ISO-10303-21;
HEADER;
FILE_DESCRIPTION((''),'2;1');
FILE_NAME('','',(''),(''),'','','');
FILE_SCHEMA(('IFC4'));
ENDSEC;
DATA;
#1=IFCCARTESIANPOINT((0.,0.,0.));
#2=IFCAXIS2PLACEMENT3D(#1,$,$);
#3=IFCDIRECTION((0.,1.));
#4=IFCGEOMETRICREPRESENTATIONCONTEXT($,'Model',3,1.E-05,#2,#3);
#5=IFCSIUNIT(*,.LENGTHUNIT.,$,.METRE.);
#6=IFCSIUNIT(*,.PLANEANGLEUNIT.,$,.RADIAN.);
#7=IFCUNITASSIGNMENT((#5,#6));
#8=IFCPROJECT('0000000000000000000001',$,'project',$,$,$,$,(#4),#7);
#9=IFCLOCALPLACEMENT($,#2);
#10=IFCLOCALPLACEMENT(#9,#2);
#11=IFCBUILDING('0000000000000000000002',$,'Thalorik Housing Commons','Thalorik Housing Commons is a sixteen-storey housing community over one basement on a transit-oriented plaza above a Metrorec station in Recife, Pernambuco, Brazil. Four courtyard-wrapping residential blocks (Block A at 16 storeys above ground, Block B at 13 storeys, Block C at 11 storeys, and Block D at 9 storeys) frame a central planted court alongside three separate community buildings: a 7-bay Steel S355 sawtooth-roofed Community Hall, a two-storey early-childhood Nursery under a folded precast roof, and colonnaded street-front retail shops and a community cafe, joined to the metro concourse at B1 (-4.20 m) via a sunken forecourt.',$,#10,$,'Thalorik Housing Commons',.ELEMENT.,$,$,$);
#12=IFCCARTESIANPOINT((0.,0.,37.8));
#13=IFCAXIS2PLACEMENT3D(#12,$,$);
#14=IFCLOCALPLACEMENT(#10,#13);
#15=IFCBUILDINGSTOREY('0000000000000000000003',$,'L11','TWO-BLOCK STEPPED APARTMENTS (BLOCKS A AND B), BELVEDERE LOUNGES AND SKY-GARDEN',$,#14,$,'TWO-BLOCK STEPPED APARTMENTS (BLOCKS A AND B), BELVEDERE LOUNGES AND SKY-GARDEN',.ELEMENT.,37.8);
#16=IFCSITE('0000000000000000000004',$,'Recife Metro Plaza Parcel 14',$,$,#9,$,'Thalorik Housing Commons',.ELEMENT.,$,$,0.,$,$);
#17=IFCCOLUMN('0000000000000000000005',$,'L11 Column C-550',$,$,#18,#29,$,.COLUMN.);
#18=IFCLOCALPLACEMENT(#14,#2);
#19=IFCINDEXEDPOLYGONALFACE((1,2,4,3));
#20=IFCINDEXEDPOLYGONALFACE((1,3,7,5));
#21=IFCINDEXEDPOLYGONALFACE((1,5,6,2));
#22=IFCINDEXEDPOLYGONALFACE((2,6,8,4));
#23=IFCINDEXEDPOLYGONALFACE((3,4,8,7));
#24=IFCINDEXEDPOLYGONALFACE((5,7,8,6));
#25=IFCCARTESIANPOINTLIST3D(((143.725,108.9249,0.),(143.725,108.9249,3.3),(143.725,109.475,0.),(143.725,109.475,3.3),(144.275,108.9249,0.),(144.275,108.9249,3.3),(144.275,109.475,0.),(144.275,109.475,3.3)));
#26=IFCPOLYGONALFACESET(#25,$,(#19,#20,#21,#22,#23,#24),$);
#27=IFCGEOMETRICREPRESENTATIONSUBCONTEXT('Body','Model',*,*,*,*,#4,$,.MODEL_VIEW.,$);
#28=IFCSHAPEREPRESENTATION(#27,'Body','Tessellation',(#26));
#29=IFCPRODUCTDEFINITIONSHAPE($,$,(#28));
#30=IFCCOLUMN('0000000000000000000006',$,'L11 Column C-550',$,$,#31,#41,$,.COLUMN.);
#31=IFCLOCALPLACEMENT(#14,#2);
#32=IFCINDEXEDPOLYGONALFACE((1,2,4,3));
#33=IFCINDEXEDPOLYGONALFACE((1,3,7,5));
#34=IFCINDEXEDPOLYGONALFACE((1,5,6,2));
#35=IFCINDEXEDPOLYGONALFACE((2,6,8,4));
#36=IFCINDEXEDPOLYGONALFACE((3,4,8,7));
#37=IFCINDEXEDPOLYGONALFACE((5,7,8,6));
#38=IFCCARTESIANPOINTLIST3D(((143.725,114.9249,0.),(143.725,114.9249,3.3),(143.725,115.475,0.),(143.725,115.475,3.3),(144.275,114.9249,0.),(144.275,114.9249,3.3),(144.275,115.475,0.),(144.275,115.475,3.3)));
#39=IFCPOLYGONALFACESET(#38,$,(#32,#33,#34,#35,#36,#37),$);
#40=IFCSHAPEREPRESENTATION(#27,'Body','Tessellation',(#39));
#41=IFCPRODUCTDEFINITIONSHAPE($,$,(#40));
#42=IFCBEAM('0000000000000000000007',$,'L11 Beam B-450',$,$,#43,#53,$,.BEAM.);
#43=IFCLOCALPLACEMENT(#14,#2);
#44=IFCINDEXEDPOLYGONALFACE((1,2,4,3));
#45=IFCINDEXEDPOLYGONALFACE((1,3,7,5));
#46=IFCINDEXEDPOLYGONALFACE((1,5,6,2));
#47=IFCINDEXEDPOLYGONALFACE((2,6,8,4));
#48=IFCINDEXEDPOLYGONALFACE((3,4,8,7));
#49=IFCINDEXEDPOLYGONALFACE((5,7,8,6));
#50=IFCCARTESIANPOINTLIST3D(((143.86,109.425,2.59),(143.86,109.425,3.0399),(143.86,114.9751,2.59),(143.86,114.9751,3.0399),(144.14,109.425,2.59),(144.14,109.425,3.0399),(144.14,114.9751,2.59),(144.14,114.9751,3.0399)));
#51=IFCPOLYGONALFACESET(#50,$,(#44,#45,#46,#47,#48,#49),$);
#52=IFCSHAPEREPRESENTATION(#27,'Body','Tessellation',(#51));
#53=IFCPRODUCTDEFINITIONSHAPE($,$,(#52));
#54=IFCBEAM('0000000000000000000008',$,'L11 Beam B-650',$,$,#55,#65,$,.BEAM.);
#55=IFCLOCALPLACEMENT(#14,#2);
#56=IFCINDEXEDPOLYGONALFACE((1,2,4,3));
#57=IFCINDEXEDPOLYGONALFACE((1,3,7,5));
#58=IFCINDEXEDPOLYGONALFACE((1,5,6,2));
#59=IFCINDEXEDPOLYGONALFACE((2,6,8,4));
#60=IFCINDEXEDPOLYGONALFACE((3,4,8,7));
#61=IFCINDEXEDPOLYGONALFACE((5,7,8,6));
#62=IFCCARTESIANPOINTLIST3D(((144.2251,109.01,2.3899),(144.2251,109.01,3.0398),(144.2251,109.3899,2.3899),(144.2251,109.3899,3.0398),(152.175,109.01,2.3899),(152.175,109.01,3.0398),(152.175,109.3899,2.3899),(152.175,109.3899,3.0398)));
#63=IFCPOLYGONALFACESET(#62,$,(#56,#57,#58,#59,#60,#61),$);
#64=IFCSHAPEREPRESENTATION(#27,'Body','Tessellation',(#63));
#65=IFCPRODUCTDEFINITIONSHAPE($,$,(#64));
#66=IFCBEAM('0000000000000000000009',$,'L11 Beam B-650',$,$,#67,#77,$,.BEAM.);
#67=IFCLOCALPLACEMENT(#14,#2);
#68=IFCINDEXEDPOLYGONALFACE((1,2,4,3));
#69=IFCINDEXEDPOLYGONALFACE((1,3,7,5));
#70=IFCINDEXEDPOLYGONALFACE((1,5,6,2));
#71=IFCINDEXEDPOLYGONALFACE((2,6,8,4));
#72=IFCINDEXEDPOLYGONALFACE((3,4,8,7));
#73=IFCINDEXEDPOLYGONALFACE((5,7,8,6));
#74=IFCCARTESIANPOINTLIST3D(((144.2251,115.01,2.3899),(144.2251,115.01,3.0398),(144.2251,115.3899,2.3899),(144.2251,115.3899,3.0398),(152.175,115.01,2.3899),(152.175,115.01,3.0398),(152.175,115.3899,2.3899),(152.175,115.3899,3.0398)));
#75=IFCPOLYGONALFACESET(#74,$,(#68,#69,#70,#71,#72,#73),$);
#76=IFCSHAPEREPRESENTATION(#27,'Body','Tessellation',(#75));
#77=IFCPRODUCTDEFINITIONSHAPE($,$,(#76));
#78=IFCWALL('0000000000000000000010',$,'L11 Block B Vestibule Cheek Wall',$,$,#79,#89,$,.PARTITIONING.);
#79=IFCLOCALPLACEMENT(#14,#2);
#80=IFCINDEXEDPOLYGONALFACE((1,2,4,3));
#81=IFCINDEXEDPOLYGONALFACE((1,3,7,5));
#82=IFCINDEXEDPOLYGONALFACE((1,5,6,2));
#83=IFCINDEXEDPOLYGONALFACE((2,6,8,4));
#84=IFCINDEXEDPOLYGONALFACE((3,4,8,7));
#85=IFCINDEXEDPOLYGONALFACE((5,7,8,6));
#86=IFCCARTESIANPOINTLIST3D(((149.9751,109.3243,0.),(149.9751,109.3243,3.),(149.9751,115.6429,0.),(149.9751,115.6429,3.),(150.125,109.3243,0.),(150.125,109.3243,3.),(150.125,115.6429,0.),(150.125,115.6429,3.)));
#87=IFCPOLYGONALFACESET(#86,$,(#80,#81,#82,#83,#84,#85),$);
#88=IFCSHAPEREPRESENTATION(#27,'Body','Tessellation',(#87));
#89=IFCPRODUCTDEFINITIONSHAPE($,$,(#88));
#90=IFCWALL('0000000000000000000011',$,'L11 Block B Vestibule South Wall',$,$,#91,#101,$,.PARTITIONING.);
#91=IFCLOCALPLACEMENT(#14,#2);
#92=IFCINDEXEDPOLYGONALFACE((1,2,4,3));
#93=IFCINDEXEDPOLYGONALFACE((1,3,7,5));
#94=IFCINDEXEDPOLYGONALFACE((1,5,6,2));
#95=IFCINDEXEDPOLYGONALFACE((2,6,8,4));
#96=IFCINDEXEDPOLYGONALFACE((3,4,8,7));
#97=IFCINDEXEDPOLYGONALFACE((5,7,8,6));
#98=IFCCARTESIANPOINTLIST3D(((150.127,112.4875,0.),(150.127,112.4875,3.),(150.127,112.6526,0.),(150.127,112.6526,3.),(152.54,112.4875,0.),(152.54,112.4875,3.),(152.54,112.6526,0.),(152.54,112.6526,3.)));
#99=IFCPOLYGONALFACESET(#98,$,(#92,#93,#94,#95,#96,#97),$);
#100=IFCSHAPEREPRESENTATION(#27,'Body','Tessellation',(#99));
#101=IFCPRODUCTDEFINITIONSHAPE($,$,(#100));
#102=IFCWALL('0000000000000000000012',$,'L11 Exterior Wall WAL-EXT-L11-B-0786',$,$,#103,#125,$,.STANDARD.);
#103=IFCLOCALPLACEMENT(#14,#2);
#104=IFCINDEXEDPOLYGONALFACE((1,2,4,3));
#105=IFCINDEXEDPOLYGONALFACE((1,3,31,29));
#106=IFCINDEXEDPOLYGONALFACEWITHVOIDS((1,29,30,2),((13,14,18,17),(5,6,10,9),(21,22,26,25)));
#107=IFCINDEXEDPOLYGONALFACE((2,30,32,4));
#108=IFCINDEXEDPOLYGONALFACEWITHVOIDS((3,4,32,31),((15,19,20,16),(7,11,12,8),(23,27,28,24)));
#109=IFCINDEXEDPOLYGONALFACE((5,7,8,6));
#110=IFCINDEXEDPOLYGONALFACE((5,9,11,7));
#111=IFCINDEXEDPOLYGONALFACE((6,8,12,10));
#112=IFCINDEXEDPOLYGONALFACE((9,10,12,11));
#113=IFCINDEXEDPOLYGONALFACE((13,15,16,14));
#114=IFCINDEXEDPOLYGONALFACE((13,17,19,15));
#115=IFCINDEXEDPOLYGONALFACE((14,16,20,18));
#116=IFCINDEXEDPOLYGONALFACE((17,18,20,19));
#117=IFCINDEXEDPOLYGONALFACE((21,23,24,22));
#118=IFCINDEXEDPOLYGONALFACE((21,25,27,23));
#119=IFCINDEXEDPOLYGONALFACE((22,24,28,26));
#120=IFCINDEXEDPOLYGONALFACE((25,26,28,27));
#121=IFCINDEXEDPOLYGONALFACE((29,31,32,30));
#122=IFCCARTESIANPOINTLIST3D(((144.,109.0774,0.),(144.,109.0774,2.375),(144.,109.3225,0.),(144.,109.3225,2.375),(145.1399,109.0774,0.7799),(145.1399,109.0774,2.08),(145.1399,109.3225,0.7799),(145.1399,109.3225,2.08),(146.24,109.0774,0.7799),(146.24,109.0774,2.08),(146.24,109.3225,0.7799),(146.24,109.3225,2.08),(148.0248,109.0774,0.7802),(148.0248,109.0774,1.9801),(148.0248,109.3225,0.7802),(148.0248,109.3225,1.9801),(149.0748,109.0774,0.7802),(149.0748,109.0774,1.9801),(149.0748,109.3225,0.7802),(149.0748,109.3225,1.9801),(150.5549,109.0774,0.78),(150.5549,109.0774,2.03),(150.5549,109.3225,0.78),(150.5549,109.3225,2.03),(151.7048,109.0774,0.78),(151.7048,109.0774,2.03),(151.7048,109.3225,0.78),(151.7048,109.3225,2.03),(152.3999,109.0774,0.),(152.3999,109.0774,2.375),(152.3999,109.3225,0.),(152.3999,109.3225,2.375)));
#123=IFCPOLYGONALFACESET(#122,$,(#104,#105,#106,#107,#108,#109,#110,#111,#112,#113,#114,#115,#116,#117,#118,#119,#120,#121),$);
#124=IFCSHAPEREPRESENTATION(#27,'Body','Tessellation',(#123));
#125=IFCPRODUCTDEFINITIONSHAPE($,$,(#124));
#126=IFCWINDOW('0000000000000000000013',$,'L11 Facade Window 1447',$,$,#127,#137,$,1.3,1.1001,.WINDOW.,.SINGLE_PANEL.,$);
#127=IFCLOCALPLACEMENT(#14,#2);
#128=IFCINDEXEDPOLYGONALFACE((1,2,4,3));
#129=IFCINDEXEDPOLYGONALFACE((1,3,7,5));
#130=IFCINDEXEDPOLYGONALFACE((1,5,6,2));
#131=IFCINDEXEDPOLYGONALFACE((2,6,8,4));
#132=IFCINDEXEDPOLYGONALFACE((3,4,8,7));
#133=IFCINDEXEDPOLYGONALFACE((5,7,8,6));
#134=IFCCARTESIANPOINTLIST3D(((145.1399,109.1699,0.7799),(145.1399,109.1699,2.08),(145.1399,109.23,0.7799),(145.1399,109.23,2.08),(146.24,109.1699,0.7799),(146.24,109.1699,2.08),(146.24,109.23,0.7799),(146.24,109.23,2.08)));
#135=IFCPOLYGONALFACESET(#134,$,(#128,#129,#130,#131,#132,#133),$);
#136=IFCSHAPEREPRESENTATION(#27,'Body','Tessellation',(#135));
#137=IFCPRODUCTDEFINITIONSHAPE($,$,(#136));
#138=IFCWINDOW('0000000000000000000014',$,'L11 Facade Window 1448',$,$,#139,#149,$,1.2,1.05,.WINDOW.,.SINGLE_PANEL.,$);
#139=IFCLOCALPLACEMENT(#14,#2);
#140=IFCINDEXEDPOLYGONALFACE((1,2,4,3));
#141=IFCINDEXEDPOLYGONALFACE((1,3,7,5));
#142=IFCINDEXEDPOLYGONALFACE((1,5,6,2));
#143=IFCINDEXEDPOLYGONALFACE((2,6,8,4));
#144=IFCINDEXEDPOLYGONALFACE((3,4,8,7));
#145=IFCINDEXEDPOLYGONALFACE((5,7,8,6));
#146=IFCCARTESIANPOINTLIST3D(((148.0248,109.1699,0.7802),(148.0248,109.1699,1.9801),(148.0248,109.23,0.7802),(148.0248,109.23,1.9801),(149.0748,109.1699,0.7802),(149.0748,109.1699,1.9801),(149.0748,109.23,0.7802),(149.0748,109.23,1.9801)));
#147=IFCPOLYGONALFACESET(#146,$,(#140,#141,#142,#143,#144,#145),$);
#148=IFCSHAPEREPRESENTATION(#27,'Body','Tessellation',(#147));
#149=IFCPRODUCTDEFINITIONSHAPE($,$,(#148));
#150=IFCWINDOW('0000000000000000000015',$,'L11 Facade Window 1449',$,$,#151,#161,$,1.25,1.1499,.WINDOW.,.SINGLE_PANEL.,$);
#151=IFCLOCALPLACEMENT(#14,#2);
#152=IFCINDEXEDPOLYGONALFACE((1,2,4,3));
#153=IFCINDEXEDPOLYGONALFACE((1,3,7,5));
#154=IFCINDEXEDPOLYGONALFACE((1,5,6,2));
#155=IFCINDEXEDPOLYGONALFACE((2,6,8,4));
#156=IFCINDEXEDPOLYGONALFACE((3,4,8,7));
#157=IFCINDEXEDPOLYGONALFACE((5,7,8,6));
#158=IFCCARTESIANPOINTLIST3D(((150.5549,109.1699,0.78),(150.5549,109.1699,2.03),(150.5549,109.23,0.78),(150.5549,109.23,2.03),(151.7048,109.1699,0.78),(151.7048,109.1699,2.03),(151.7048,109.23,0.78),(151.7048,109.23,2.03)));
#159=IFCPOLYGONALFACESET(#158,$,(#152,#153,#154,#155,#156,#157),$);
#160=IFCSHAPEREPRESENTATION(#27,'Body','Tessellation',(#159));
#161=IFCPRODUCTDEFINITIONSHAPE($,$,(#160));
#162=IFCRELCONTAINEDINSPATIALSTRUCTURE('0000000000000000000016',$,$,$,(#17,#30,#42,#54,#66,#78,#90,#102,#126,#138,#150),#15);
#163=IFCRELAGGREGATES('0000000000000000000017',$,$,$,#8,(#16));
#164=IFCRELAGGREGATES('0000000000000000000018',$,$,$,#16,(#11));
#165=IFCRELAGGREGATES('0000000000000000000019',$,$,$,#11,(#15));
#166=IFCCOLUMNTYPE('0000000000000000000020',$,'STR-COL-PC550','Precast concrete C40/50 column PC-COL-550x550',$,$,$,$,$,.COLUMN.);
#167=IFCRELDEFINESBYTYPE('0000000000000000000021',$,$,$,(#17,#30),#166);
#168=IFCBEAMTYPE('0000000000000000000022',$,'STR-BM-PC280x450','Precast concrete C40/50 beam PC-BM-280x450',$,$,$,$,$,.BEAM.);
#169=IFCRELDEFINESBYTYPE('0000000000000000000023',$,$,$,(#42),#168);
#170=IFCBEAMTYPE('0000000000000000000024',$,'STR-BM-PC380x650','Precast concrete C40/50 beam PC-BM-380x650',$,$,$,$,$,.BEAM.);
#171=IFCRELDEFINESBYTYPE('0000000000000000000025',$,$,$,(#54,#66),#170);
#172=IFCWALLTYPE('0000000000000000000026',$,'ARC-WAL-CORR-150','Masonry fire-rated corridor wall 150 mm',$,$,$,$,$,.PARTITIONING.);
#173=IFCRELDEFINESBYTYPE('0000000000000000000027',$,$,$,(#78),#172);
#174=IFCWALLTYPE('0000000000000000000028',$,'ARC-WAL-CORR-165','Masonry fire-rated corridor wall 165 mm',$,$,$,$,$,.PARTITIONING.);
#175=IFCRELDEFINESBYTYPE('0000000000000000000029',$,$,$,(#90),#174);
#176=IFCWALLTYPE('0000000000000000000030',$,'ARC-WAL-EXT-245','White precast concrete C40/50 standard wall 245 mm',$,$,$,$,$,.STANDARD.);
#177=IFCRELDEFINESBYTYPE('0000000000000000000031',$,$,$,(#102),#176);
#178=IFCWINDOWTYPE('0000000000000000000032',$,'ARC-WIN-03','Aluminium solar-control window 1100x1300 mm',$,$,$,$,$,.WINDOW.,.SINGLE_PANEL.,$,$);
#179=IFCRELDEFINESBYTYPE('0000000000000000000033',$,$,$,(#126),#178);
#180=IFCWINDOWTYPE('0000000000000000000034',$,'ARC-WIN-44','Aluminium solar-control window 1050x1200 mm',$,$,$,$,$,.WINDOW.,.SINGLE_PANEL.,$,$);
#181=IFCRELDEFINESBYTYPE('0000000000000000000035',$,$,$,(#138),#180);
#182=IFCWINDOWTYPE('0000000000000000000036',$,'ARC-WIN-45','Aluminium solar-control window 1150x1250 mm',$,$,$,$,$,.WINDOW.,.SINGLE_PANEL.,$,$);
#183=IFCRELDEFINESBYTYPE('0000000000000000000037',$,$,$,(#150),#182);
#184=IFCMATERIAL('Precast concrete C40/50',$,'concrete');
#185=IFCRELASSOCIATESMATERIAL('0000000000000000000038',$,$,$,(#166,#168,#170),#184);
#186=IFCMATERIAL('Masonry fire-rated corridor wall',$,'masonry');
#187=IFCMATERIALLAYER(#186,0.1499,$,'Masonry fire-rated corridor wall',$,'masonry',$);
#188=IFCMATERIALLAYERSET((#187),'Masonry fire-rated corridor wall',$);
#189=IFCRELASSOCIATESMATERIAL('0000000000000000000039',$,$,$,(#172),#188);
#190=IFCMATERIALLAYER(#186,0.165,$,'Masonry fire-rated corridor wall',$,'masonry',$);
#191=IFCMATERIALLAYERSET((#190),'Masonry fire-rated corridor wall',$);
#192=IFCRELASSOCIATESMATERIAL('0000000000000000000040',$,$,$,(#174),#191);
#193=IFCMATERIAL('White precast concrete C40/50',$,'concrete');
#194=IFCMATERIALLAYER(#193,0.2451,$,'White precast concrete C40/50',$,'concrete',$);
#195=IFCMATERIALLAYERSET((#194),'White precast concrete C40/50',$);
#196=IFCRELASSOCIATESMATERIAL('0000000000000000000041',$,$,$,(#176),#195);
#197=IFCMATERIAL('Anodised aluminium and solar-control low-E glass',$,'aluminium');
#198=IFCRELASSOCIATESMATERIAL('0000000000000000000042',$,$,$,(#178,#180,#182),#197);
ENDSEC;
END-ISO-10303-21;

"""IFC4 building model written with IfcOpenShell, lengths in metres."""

from ifc_helpers import new_model, si_unit, direction, frame, frame_2d, origin, origin_2d, place, context, subcontext, project, spatial, rectangle, extrude, material, layer, layer_set, material_profile, profile_set, type_object, element, fill, save


model = new_model("IFC4")

# Units and contexts
model_context = context("Model", 3, precision=1e-05, world=origin(), true_north=direction((0.0, 1.0)))
body_context = subcontext(model_context, "Body", "Model", "MODEL_VIEW")
ifc_project = project(units=[si_unit("LENGTHUNIT", "METRE"), si_unit("PLANEANGLEUNIT", "RADIAN")], contexts=[model_context])

# Site, building, storey
site_placement = place(None, origin())
site = spatial("IfcSite", under=ifc_project, at=site_placement, Name="Recife Metro Plaza Parcel 14", LongName="Thalorik Housing Commons", CompositionType="ELEMENT", RefElevation=0.0)
building_placement = place(site_placement, origin())
building = spatial("IfcBuilding", under=site, at=building_placement, Name="Thalorik Housing Commons", Description="Thalorik Housing Commons is a sixteen-storey housing community over one basement on a transit-oriented plaza above a Metrorec station in Recife, Pernambuco, Brazil. Four courtyard-wrapping residential blocks (Block A at 16 storeys above ground, Block B at 13 storeys, Block C at 11 storeys, and Block D at 9 storeys) frame a central planted court alongside three separate community buildings: a 7-bay Steel S355 sawtooth-roofed Community Hall, a two-storey early-childhood Nursery under a folded precast roof, and colonnaded street-front retail shops and a community cafe, joined to the metro concourse at B1 (-4.20 m) via a sunken forecourt.", LongName="Thalorik Housing Commons", CompositionType="ELEMENT")
storey_placement = place(building_placement, frame((0.0, 0.0, 37.8)))
storey = spatial("IfcBuildingStorey", under=building, at=storey_placement, Name="L11", Description="TWO-BLOCK STEPPED APARTMENTS (BLOCKS A AND B), BELVEDERE LOUNGES AND SKY-GARDEN", LongName="TWO-BLOCK STEPPED APARTMENTS (BLOCKS A AND B), BELVEDERE LOUNGES AND SKY-GARDEN", CompositionType="ELEMENT", Elevation=37.8)

# Columns
ifc_material_1 = material(Name="Precast concrete C40/50", Category="concrete")
ifc_material_profile_1 = material_profile(ifc_material_1, rectangle(XDim=0.55, YDim=0.55, at=origin_2d()), Name="PC 550x550", Category="concrete")
ifc_profile_set_1 = profile_set([ifc_material_profile_1], Name="Precast concrete C40/50")
column_type = type_object("IfcColumnType", Name="STR-COL-PC550", Description="Precast concrete C40/50 column PC-COL-550x550", PredefinedType="COLUMN", material=ifc_profile_set_1)
for number, where, z_axis, x_axis, name in (
    (1, (144.0, 109.2, 0.0), (0.0, 0.0, 1.0), (1.0, 0.0, 0.0), "L11 Column C-550"),
    (2, (144.0, 115.2, 0.0), (0.0, 0.0, 1.0), (1.0, 0.0, 0.0), "L11 Column C-550"),
):
    element("IfcColumn", number, at=place(storey_placement, frame(where, z_axis=z_axis, x_axis=x_axis)), inside=storey, type_object=column_type, Name=name, PredefinedType="COLUMN", context=body_context, shape_type="SweptSolid", body=[
        extrude(rectangle(XDim=0.55, YDim=0.55, at=origin_2d()), origin(), (0.0, 0.0, 1.0), 3.3),
    ])

# Beams
ifc_material_profile_2 = material_profile(ifc_material_1, rectangle(XDim=0.28, YDim=0.45, at=origin_2d()), Name="PC 280x450", Category="concrete")
ifc_profile_set_2 = profile_set([ifc_material_profile_2], Name="Precast concrete C40/50")
beam_type_1 = type_object("IfcBeamType", Name="STR-BM-PC280x450", Description="Precast concrete C40/50 beam PC-BM-280x450", PredefinedType="BEAM", material=ifc_profile_set_2)
beam_placement = place(storey_placement, frame((144.0, 109.425, 2.8149), z_axis=(0.0, 1.0, 0.0), x_axis=(-1.0, 0.0, 0.0)))
element("IfcBeam", 3, at=beam_placement, inside=storey, type_object=beam_type_1, Name="L11 Beam B-450", PredefinedType="BEAM", context=body_context, shape_type="SweptSolid", body=[
    extrude(rectangle(XDim=0.28, YDim=0.45, at=origin_2d()), origin(), (0.0, 0.0, 1.0), 5.55),
])
ifc_material_profile_3 = material_profile(ifc_material_1, rectangle(XDim=0.3799, YDim=0.6499, at=origin_2d()), Name="PC 380x650", Category="concrete")
ifc_profile_set_3 = profile_set([ifc_material_profile_3], Name="Precast concrete C40/50")
beam_type_2 = type_object("IfcBeamType", Name="STR-BM-PC380x650", Description="Precast concrete C40/50 beam PC-BM-380x650", PredefinedType="BEAM", material=ifc_profile_set_3)
for number, where, z_axis, x_axis, name in (
    (4, (144.2251, 109.2, 2.7148), (1.0, 0.0, 0.0), (0.0, 1.0, 0.0), "L11 Beam B-650"),
    (5, (144.2251, 115.2, 2.7148), (1.0, 0.0, 0.0), (0.0, 1.0, 0.0), "L11 Beam B-650"),
):
    element("IfcBeam", number, at=place(storey_placement, frame(where, z_axis=z_axis, x_axis=x_axis)), inside=storey, type_object=beam_type_2, Name=name, PredefinedType="BEAM", context=body_context, shape_type="SweptSolid", body=[
        extrude(rectangle(XDim=0.3799, YDim=0.6499, at=origin_2d()), origin(), (0.0, 0.0, 1.0), 7.95),
    ])

# Walls
ifc_material_2 = material(Name="Masonry fire-rated corridor wall", Category="masonry")
ifc_layer_1 = layer(ifc_material_2, 0.1499, Name="Masonry fire-rated corridor wall", Category="masonry")
ifc_layer_set_1 = layer_set([ifc_layer_1], Name="Masonry fire-rated corridor wall")
wall_type_1 = type_object("IfcWallType", Name="ARC-WAL-CORR-150", Description="Masonry fire-rated corridor wall 150 mm", PredefinedType="PARTITIONING", material=ifc_layer_set_1)
wall_1_placement = place(storey_placement, frame((150.05, 109.3245, 0.0), z_axis=(0.0, 0.0, 1.0), x_axis=(0.0, 1.0, 0.0)))
element("IfcWall", 6, at=wall_1_placement, inside=storey, type_object=wall_type_1, Name="L11 Block B Vestibule Cheek Wall", PredefinedType="PARTITIONING", context=body_context, shape_type="SweptSolid", body=[
    extrude(rectangle(XDim=6.3186, YDim=0.1499, at=frame_2d((3.1592, 0.0))), origin(), (0.0, 0.0, 1.0), 3.0),
])
ifc_layer_2 = layer(ifc_material_2, 0.165, Name="Masonry fire-rated corridor wall", Category="masonry")
ifc_layer_set_2 = layer_set([ifc_layer_2], Name="Masonry fire-rated corridor wall")
wall_type_2 = type_object("IfcWallType", Name="ARC-WAL-CORR-165", Description="Masonry fire-rated corridor wall 165 mm", PredefinedType="PARTITIONING", material=ifc_layer_set_2)
wall_2_placement = place(storey_placement, frame((150.127, 112.5701, 0.0), z_axis=(0.0, 0.0, 1.0), x_axis=(1.0, 0.0, 0.0)))
element("IfcWall", 7, at=wall_2_placement, inside=storey, type_object=wall_type_2, Name="L11 Block B Vestibule South Wall", PredefinedType="PARTITIONING", context=body_context, shape_type="SweptSolid", body=[
    extrude(rectangle(XDim=2.4131, YDim=0.165, at=frame_2d((1.2065, 0.0))), origin(), (0.0, 0.0, 1.0), 3.0),
])

# Wall, openings, windows
ifc_material_3 = material(Name="White precast concrete C40/50", Category="concrete")
ifc_layer_3 = layer(ifc_material_3, 0.2451, Name="White precast concrete C40/50", Category="concrete")
ifc_layer_set_3 = layer_set([ifc_layer_3], Name="White precast concrete C40/50")
wall_type_3 = type_object("IfcWallType", Name="ARC-WAL-EXT-245", Description="White precast concrete C40/50 standard wall 245 mm", PredefinedType="STANDARD", material=ifc_layer_set_3)
wall_3_placement = place(storey_placement, frame((144.0, 109.2, 0.0), z_axis=(0.0, 0.0, 1.0), x_axis=(1.0, 0.0, 0.0)))
wall_3 = element("IfcWall", 8, at=wall_3_placement, inside=storey, type_object=wall_type_3, Name="L11 Exterior Wall WAL-EXT-L11-B-0786", PredefinedType="STANDARD", context=body_context, shape_type="SweptSolid", body=[
    extrude(rectangle(XDim=8.3999, YDim=0.2451, at=frame_2d((4.2, 0.0))), origin(), (0.0, 0.0, 1.0), 2.375),
])
opening_1_placement = place(wall_3_placement, frame((1.1399, 0.0, 0.78)))
opening_1 = element("IfcOpeningElement", 9, at=opening_1_placement, cuts=wall_3, PredefinedType="OPENING", context=body_context, shape_type="SweptSolid", body=[
    extrude(rectangle(XDim=1.1001, YDim=1.3, at=frame_2d((0.55, 0.6499))), frame((0.0, 0.1326, 0.0), z_axis=(0.0, -1.0, 0.0), x_axis=(1.0, 0.0, 0.0)), (0.0, 0.0, 1.0), 0.2651),
])
opening_2_placement = place(wall_3_placement, frame((4.0249, 0.0, 0.78)))
opening_2 = element("IfcOpeningElement", 10, at=opening_2_placement, cuts=wall_3, PredefinedType="OPENING", context=body_context, shape_type="SweptSolid", body=[
    extrude(rectangle(XDim=1.05, YDim=1.2, at=frame_2d((0.5249, 0.6001))), frame((0.0, 0.1326, 0.0), z_axis=(0.0, -1.0, 0.0), x_axis=(1.0, 0.0, 0.0)), (0.0, 0.0, 1.0), 0.2651),
])
opening_3_placement = place(wall_3_placement, frame((6.5549, 0.0, 0.78)))
opening_3 = element("IfcOpeningElement", 11, at=opening_3_placement, cuts=wall_3, PredefinedType="OPENING", context=body_context, shape_type="SweptSolid", body=[
    extrude(rectangle(XDim=1.1499, YDim=1.25, at=frame_2d((0.575, 0.625))), frame((0.0, 0.1326, 0.0), z_axis=(0.0, -1.0, 0.0), x_axis=(1.0, 0.0, 0.0)), (0.0, 0.0, 1.0), 0.2651),
])
ifc_material_4 = material(Name="Anodised aluminium and solar-control low-E glass", Category="aluminium")
window_type_1 = type_object("IfcWindowType", Name="ARC-WIN-03", Description="Aluminium solar-control window 1100x1300 mm", PartitioningType="SINGLE_PANEL", PredefinedType="WINDOW", material=ifc_material_4)
window_1_placement = place(opening_1_placement, origin())
window_1 = element("IfcWindow", 12, at=window_1_placement, inside=storey, type_object=window_type_1, Name="L11 Facade Window 1447", OverallHeight=1.3, OverallWidth=1.1001, PartitioningType="SINGLE_PANEL", PredefinedType="WINDOW", context=body_context, shape_type="SweptSolid", body=[
    extrude(rectangle(XDim=1.1001, YDim=1.3, at=frame_2d((0.55, 0.6499))), frame((0.0, 0.03, 0.0), z_axis=(0.0, -1.0, 0.0), x_axis=(1.0, 0.0, 0.0)), (0.0, 0.0, 1.0), 0.0601),
])
fill(opening_1, window_1)
window_type_2 = type_object("IfcWindowType", Name="ARC-WIN-44", Description="Aluminium solar-control window 1050x1200 mm", PartitioningType="SINGLE_PANEL", PredefinedType="WINDOW", material=ifc_material_4)
window_2_placement = place(opening_2_placement, origin())
window_2 = element("IfcWindow", 13, at=window_2_placement, inside=storey, type_object=window_type_2, Name="L11 Facade Window 1448", OverallHeight=1.2, OverallWidth=1.05, PartitioningType="SINGLE_PANEL", PredefinedType="WINDOW", context=body_context, shape_type="SweptSolid", body=[
    extrude(rectangle(XDim=1.05, YDim=1.2, at=frame_2d((0.5249, 0.6001))), frame((0.0, 0.03, 0.0), z_axis=(0.0, -1.0, 0.0), x_axis=(1.0, 0.0, 0.0)), (0.0, 0.0, 1.0), 0.0601),
])
fill(opening_2, window_2)
window_type_3 = type_object("IfcWindowType", Name="ARC-WIN-45", Description="Aluminium solar-control window 1150x1250 mm", PartitioningType="SINGLE_PANEL", PredefinedType="WINDOW", material=ifc_material_4)
window_3_placement = place(opening_3_placement, origin())
window_3 = element("IfcWindow", 14, at=window_3_placement, inside=storey, type_object=window_type_3, Name="L11 Facade Window 1449", OverallHeight=1.25, OverallWidth=1.1499, PartitioningType="SINGLE_PANEL", PredefinedType="WINDOW", context=body_context, shape_type="SweptSolid", body=[
    extrude(rectangle(XDim=1.1499, YDim=1.25, at=frame_2d((0.575, 0.625))), frame((0.0, 0.03, 0.0), z_axis=(0.0, -1.0, 0.0), x_axis=(1.0, 0.0, 0.0)), (0.0, 0.0, 1.0), 0.0601),
])
fill(opening_3, window_3)

save(model, "model.ifc")
